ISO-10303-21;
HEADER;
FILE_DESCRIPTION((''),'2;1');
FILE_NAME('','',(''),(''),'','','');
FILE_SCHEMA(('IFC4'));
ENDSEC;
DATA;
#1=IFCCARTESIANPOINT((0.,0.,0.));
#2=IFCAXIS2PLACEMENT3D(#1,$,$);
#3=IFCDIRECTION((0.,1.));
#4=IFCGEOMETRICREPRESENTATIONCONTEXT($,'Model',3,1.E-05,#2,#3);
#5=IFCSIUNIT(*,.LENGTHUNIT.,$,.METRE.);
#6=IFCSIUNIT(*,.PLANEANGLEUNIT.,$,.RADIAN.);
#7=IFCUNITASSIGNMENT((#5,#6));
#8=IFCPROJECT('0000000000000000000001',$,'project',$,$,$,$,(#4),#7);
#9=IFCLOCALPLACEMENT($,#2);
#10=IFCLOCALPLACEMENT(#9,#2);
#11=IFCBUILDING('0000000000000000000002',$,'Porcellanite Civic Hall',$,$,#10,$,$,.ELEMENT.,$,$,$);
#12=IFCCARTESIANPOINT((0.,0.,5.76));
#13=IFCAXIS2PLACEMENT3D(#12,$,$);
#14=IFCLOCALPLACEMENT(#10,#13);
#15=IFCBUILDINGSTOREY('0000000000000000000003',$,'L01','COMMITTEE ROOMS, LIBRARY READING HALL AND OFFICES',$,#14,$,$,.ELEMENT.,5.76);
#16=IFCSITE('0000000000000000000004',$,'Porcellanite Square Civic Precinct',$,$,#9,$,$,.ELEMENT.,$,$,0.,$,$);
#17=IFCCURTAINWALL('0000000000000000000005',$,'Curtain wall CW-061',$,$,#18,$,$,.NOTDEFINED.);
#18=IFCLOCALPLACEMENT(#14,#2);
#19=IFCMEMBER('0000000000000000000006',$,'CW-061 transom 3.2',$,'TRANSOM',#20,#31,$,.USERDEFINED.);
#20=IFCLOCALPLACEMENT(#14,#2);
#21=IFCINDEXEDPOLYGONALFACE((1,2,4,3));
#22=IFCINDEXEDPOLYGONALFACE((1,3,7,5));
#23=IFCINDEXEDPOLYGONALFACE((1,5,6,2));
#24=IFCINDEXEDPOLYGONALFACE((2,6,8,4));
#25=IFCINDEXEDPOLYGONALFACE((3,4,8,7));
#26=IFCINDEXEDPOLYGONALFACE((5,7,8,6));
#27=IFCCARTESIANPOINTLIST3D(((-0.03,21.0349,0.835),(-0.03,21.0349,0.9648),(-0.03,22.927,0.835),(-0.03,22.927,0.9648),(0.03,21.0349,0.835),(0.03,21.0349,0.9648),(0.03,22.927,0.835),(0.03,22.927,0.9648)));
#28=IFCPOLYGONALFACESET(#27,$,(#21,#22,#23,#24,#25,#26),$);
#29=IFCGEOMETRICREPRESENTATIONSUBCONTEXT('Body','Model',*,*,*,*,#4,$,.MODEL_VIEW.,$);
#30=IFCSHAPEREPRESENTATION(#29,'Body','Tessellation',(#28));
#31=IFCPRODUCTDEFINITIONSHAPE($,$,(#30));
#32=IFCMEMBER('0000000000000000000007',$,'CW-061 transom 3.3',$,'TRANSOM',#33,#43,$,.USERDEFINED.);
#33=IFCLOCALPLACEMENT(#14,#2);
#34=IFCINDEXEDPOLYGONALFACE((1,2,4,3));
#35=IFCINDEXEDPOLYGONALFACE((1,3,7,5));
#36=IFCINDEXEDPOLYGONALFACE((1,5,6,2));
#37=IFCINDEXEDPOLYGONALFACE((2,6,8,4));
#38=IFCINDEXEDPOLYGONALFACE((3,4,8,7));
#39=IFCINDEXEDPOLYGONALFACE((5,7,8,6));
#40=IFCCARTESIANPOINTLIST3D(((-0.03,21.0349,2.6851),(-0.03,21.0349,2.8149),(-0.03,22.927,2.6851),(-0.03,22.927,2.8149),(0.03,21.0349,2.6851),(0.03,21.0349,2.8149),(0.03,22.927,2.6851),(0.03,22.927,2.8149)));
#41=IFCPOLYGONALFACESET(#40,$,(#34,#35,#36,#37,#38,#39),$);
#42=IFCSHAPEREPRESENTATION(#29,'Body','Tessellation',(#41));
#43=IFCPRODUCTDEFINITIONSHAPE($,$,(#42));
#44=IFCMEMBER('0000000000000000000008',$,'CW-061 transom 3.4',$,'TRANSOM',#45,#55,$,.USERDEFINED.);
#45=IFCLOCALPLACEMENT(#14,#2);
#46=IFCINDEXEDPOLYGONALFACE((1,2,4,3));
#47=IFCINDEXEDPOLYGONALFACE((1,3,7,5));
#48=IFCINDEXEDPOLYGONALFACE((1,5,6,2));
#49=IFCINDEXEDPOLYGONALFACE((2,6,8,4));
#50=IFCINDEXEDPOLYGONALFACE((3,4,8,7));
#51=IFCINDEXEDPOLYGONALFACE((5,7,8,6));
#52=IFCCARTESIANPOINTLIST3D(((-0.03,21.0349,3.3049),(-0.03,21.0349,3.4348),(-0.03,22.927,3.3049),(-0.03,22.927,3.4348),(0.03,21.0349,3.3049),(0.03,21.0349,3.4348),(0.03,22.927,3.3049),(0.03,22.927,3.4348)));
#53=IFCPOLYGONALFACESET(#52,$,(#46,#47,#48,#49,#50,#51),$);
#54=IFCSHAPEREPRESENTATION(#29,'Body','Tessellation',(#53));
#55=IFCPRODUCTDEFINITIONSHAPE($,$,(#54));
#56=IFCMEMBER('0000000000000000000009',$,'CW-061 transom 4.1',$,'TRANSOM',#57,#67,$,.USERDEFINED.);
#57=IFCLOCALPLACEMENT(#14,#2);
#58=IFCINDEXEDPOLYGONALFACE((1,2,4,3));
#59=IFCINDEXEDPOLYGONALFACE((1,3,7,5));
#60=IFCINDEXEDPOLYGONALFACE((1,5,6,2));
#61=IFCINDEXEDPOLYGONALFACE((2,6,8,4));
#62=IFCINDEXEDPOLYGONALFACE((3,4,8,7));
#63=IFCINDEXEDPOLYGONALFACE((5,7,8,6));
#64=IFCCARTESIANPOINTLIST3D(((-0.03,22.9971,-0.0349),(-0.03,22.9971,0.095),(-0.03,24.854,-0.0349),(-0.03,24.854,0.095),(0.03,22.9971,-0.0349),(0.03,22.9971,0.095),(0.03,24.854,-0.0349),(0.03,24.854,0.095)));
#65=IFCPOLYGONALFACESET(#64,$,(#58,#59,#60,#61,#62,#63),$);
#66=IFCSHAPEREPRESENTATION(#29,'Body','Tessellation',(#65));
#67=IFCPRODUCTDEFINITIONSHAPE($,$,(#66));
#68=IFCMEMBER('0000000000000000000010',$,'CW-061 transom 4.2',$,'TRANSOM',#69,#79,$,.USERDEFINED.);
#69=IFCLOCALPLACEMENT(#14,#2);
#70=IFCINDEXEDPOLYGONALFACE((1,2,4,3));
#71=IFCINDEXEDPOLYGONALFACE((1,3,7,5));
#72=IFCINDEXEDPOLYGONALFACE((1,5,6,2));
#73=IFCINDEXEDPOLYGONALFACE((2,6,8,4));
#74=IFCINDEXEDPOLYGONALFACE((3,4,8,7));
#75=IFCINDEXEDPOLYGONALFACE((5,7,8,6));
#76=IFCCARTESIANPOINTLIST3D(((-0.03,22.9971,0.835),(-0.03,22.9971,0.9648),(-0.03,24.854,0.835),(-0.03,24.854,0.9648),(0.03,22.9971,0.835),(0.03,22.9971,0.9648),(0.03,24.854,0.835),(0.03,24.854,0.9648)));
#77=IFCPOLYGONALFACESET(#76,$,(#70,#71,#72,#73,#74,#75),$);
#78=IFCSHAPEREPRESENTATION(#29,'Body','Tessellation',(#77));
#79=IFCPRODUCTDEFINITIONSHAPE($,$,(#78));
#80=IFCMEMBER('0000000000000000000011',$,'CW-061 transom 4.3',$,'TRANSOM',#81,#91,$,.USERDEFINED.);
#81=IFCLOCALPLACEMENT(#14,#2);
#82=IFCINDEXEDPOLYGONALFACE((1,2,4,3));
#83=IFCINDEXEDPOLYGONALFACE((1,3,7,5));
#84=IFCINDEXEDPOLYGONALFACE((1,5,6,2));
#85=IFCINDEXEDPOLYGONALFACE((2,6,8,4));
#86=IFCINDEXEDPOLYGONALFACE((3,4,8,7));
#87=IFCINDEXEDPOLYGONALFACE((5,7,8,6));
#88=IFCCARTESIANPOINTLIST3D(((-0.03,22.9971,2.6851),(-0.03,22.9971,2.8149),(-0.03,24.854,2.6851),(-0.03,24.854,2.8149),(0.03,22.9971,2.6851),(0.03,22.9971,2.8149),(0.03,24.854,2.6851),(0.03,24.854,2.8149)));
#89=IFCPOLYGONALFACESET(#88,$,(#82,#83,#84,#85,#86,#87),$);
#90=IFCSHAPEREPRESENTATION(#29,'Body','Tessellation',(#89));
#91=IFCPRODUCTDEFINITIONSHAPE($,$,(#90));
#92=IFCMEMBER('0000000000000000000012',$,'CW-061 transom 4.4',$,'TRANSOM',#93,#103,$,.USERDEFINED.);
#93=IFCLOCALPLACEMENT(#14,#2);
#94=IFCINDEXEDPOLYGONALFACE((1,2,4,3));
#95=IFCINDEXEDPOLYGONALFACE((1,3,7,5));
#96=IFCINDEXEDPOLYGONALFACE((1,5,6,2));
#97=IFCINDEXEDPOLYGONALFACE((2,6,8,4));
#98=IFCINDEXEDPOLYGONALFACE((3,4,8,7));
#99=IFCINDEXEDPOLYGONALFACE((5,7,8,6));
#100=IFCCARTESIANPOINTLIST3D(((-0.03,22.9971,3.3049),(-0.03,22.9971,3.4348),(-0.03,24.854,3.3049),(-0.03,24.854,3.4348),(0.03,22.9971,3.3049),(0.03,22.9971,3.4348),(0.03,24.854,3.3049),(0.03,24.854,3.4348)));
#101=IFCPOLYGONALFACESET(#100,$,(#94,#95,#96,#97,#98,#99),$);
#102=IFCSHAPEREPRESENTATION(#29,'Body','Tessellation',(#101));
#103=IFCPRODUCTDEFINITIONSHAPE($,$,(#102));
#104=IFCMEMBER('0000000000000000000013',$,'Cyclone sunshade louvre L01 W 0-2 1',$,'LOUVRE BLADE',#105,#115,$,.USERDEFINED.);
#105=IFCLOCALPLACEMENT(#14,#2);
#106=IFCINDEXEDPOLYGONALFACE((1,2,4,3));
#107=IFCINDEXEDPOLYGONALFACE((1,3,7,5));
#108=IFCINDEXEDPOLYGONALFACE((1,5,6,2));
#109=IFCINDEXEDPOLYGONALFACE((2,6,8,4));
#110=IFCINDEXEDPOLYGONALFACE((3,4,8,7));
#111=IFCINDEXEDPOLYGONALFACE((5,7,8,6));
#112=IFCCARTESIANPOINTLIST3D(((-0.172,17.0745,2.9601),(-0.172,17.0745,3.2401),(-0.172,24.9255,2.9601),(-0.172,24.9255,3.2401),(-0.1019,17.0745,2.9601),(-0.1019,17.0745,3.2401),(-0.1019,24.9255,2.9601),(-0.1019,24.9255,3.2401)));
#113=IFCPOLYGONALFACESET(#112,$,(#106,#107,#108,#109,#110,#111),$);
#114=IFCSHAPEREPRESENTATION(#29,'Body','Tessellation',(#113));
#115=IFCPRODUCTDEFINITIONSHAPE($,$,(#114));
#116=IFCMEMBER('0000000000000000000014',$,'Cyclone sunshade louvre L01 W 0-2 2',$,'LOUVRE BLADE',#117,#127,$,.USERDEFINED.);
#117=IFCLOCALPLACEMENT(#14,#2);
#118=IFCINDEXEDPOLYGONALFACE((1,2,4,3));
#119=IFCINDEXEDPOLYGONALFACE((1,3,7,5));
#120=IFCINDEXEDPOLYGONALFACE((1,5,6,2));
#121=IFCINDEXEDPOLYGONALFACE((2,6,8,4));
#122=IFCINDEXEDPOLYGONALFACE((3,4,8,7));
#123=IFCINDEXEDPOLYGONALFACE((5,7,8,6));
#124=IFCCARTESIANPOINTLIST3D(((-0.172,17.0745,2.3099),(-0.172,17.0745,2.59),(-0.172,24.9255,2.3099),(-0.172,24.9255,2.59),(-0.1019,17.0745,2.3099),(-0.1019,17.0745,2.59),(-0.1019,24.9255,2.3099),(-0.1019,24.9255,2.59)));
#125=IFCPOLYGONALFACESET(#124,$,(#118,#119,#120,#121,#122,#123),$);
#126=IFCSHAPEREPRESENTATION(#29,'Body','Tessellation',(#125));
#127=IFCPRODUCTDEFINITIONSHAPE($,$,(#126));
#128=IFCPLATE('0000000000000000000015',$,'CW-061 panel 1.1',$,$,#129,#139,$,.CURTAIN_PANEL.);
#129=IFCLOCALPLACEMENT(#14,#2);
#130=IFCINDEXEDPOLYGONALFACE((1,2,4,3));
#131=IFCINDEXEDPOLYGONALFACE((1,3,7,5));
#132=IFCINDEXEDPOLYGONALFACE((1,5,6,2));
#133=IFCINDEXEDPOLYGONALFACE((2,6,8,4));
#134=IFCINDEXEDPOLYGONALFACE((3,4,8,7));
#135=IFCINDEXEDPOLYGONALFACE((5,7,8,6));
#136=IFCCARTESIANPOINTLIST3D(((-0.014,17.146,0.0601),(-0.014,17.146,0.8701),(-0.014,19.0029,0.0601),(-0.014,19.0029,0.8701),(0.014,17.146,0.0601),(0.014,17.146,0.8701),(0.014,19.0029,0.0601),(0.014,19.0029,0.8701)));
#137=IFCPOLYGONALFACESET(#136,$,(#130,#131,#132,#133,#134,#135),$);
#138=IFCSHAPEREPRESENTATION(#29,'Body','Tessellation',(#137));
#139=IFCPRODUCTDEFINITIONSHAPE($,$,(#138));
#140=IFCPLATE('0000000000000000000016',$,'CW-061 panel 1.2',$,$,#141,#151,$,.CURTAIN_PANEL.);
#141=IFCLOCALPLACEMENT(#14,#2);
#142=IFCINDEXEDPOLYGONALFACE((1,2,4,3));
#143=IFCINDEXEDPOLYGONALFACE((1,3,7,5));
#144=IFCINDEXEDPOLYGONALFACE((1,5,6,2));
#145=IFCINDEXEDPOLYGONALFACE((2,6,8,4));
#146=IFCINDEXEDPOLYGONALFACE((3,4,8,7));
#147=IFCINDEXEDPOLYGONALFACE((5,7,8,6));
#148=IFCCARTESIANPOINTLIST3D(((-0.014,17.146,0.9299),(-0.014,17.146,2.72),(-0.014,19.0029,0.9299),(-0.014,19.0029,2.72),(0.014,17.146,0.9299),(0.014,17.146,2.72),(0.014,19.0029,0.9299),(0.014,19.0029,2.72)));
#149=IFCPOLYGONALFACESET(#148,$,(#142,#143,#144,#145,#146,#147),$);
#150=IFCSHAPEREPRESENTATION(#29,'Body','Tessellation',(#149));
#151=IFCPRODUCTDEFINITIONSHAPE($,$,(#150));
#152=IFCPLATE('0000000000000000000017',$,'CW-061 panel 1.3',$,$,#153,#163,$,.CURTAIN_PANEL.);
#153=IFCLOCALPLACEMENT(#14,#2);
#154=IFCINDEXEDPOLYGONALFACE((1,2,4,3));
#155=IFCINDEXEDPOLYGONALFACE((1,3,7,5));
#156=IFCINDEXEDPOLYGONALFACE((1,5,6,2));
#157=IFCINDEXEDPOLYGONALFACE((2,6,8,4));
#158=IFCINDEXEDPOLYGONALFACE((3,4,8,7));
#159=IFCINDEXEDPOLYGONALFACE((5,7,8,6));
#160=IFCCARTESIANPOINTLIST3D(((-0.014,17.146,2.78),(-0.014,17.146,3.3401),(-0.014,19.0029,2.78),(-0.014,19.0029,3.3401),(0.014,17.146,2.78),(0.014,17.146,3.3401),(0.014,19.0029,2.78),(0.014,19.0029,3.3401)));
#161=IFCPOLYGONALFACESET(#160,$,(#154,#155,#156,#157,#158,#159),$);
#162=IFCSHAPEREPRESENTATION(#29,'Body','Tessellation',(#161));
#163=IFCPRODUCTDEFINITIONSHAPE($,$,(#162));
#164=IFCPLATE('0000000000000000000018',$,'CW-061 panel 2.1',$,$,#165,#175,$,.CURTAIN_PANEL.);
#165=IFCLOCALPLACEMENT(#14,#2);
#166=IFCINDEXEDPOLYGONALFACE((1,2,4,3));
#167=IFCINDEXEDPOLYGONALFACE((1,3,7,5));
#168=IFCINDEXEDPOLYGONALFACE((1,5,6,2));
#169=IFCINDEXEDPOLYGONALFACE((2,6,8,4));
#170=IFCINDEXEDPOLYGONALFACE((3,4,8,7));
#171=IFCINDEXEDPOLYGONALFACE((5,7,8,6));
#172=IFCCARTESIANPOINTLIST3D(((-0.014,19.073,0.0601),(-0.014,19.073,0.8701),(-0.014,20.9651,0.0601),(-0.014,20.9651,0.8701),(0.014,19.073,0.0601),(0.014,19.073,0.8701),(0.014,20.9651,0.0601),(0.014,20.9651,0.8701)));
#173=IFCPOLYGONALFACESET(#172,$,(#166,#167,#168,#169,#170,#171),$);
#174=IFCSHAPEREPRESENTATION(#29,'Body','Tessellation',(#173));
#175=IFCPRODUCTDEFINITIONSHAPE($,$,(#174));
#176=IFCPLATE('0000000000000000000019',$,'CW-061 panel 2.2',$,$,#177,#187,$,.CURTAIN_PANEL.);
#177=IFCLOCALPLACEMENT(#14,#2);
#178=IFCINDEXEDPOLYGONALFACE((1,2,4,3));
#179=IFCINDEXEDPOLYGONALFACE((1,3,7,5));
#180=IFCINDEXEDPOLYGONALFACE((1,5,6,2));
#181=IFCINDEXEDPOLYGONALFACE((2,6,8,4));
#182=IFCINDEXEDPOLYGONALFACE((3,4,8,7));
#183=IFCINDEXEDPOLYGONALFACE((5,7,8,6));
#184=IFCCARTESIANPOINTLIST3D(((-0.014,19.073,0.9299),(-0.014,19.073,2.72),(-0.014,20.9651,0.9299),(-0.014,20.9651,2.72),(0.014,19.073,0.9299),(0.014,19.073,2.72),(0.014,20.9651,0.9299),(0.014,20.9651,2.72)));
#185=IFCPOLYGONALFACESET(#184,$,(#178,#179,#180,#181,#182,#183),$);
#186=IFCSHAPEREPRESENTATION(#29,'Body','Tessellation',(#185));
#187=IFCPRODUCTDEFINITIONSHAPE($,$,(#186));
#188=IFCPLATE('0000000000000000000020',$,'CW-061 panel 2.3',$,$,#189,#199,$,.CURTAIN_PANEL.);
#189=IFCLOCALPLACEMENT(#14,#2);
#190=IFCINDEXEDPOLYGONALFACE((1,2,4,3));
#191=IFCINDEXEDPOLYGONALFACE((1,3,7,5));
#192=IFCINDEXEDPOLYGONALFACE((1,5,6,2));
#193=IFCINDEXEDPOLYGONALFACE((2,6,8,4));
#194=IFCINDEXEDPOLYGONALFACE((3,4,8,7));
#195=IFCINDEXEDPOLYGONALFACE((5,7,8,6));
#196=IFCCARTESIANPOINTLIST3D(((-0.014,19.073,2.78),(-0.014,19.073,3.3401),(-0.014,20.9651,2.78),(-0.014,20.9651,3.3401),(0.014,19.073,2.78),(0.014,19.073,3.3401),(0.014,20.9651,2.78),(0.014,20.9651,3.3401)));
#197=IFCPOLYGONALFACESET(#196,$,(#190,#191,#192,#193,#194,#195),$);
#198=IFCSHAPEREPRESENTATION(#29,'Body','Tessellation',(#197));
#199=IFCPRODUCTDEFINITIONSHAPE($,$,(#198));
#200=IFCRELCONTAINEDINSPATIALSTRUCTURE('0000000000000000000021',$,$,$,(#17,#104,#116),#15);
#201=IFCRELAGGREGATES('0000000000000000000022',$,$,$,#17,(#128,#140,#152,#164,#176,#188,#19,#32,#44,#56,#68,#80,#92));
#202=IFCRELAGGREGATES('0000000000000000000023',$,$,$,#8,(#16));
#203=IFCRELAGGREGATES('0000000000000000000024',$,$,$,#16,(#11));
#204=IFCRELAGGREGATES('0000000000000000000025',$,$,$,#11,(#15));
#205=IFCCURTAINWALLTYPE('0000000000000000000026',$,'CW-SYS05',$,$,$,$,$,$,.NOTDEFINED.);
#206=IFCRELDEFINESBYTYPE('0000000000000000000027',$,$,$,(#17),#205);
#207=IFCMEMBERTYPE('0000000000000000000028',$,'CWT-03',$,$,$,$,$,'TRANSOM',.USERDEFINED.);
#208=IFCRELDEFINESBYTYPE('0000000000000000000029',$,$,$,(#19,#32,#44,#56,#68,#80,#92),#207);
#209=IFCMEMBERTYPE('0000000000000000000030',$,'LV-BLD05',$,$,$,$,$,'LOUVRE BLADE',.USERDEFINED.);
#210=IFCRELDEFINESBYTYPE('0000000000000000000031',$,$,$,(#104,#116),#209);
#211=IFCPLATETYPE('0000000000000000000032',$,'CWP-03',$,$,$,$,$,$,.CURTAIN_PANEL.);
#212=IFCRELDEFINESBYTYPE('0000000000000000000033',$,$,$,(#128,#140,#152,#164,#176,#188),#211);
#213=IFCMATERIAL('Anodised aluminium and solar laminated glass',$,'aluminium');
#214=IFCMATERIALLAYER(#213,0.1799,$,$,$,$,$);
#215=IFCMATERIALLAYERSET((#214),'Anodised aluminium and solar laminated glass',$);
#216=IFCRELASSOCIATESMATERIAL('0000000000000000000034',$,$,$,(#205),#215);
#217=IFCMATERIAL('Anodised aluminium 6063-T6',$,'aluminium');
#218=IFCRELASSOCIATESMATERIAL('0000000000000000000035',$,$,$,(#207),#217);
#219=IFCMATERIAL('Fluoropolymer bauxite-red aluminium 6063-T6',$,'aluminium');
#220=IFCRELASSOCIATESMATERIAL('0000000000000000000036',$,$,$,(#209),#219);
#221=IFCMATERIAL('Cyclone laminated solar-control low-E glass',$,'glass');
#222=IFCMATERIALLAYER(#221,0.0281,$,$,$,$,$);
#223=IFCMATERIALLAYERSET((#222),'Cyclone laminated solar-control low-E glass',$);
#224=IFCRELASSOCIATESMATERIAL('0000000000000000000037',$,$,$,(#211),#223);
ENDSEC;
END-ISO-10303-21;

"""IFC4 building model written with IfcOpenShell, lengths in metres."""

from ifc_helpers import new_model, si_unit, direction, frame, origin, origin_2d, place, context, subcontext, project, spatial, rectangle, extrude, material, layer, layer_set, material_profile, profile_set, type_object, element, aggregate, save


model = new_model("IFC4")

# Units and contexts
model_context = context("Model", 3, precision=1e-05, world=origin(), true_north=direction((0.0, 1.0)))
body_context = subcontext(model_context, "Body", "Model", "MODEL_VIEW")
ifc_project = project(units=[si_unit("LENGTHUNIT", "METRE"), si_unit("PLANEANGLEUNIT", "RADIAN")], contexts=[model_context])

# Site, building, storey
site_placement = place(None, origin())
site = spatial("IfcSite", under=ifc_project, at=site_placement, Name="Porcellanite Square Civic Precinct", CompositionType="ELEMENT", RefElevation=0.0)
building_placement = place(site_placement, origin())
building = spatial("IfcBuilding", under=site, at=building_placement, Name="Porcellanite Civic Hall", CompositionType="ELEMENT")
storey_placement = place(building_placement, frame((0.0, 0.0, 5.76)))
storey = spatial("IfcBuildingStorey", under=building, at=storey_placement, Name="L01", Description="COMMITTEE ROOMS, LIBRARY READING HALL AND OFFICES", CompositionType="ELEMENT", Elevation=5.76)

# Curtain wall, members
ifc_material_1 = material(Name="Anodised aluminium and solar laminated glass", Category="aluminium")
ifc_layer_1 = layer(ifc_material_1, 0.1799)
ifc_layer_set_1 = layer_set([ifc_layer_1], Name="Anodised aluminium and solar laminated glass")
curtain_wall_type = type_object("IfcCurtainWallType", Name="CW-SYS05", PredefinedType="NOTDEFINED", material=ifc_layer_set_1)
curtain_wall_placement = place(storey_placement, origin())
curtain_wall = element("IfcCurtainWall", 1, at=curtain_wall_placement, inside=storey, type_object=curtain_wall_type, Name="Curtain wall CW-061", PredefinedType="NOTDEFINED")
ifc_material_2 = material(Name="Anodised aluminium 6063-T6", Category="aluminium")
ifc_material_profile_1 = material_profile(ifc_material_2, rectangle(XDim=0.0601, YDim=0.1299, at=origin_2d()), Name="AL-60x130")
ifc_profile_set_1 = profile_set([ifc_material_profile_1], Name="Anodised aluminium 6063-T6")
member_type_1 = type_object("IfcMemberType", Name="CWT-03", ElementType="TRANSOM", PredefinedType="USERDEFINED", material=ifc_profile_set_1)
member_1_placement = place(storey_placement, frame((0.0, 21.0349, 0.8999), z_axis=(0.0, 1.0, 0.0), x_axis=(-1.0, 0.0, 0.0)))
member_1 = element("IfcMember", 2, at=member_1_placement, type_object=member_type_1, Name="CW-061 transom 3.2", ObjectType="TRANSOM", PredefinedType="USERDEFINED", context=body_context, shape_type="SweptSolid", body=[
    extrude(rectangle(XDim=0.0601, YDim=0.1299, at=origin_2d()), origin(), (0.0, 0.0, 1.0), 1.8921),
])
member_2_placement = place(storey_placement, frame((0.0, 21.0349, 2.75), z_axis=(0.0, 1.0, 0.0), x_axis=(-1.0, 0.0, 0.0)))
member_2 = element("IfcMember", 3, at=member_2_placement, type_object=member_type_1, Name="CW-061 transom 3.3", ObjectType="TRANSOM", PredefinedType="USERDEFINED", context=body_context, shape_type="SweptSolid", body=[
    extrude(rectangle(XDim=0.0601, YDim=0.1299, at=origin_2d()), origin(), (0.0, 0.0, 1.0), 1.8921),
])
member_3_placement = place(storey_placement, frame((0.0, 21.0349, 3.3699), z_axis=(0.0, 1.0, 0.0), x_axis=(-1.0, 0.0, 0.0)))
member_3 = element("IfcMember", 4, at=member_3_placement, type_object=member_type_1, Name="CW-061 transom 3.4", ObjectType="TRANSOM", PredefinedType="USERDEFINED", context=body_context, shape_type="SweptSolid", body=[
    extrude(rectangle(XDim=0.0601, YDim=0.1299, at=origin_2d()), origin(), (0.0, 0.0, 1.0), 1.8921),
])
member_4_placement = place(storey_placement, frame((0.0, 22.9971, 0.03), z_axis=(0.0, 1.0, 0.0), x_axis=(-1.0, 0.0, 0.0)))
member_4 = element("IfcMember", 5, at=member_4_placement, type_object=member_type_1, Name="CW-061 transom 4.1", ObjectType="TRANSOM", PredefinedType="USERDEFINED", context=body_context, shape_type="SweptSolid", body=[
    extrude(rectangle(XDim=0.0601, YDim=0.1299, at=origin_2d()), origin(), (0.0, 0.0, 1.0), 1.8569),
])
member_5_placement = place(storey_placement, frame((0.0, 22.9971, 0.8999), z_axis=(0.0, 1.0, 0.0), x_axis=(-1.0, 0.0, 0.0)))
member_5 = element("IfcMember", 6, at=member_5_placement, type_object=member_type_1, Name="CW-061 transom 4.2", ObjectType="TRANSOM", PredefinedType="USERDEFINED", context=body_context, shape_type="SweptSolid", body=[
    extrude(rectangle(XDim=0.0601, YDim=0.1299, at=origin_2d()), origin(), (0.0, 0.0, 1.0), 1.8569),
])
member_6_placement = place(storey_placement, frame((0.0, 22.9971, 2.75), z_axis=(0.0, 1.0, 0.0), x_axis=(-1.0, 0.0, 0.0)))
member_6 = element("IfcMember", 7, at=member_6_placement, type_object=member_type_1, Name="CW-061 transom 4.3", ObjectType="TRANSOM", PredefinedType="USERDEFINED", context=body_context, shape_type="SweptSolid", body=[
    extrude(rectangle(XDim=0.0601, YDim=0.1299, at=origin_2d()), origin(), (0.0, 0.0, 1.0), 1.8569),
])
member_7_placement = place(storey_placement, frame((0.0, 22.9971, 3.3699), z_axis=(0.0, 1.0, 0.0), x_axis=(-1.0, 0.0, 0.0)))
member_7 = element("IfcMember", 8, at=member_7_placement, type_object=member_type_1, Name="CW-061 transom 4.4", ObjectType="TRANSOM", PredefinedType="USERDEFINED", context=body_context, shape_type="SweptSolid", body=[
    extrude(rectangle(XDim=0.0601, YDim=0.1299, at=origin_2d()), origin(), (0.0, 0.0, 1.0), 1.8569),
])

# Members
ifc_material_3 = material(Name="Fluoropolymer bauxite-red aluminium 6063-T6", Category="aluminium")
ifc_material_profile_2 = material_profile(ifc_material_3, rectangle(XDim=0.0701, YDim=0.28, at=origin_2d()), Name="AL-70x280")
ifc_profile_set_2 = profile_set([ifc_material_profile_2], Name="Fluoropolymer bauxite-red aluminium 6063-T6")
member_type_2 = type_object("IfcMemberType", Name="LV-BLD05", ElementType="LOUVRE BLADE", PredefinedType="USERDEFINED", material=ifc_profile_set_2)
for number, where, z_axis, x_axis, name in (
    (9, (-0.137, 17.0745, 3.1001), (0.0, 1.0, 0.0), (-1.0, 0.0, 0.0), "Cyclone sunshade louvre L01 W 0-2 1"),
    (10, (-0.137, 17.0745, 2.45), (0.0, 1.0, 0.0), (-1.0, 0.0, 0.0), "Cyclone sunshade louvre L01 W 0-2 2"),
):
    element("IfcMember", number, at=place(storey_placement, frame(where, z_axis=z_axis, x_axis=x_axis)), inside=storey, type_object=member_type_2, Name=name, ObjectType="LOUVRE BLADE", PredefinedType="USERDEFINED", context=body_context, shape_type="SweptSolid", body=[
        extrude(rectangle(XDim=0.0701, YDim=0.28, at=origin_2d()), origin(), (0.0, 0.0, 1.0), 7.8511),
    ])

# Plates
ifc_material_4 = material(Name="Cyclone laminated solar-control low-E glass", Category="glass")
ifc_layer_2 = layer(ifc_material_4, 0.0281)
ifc_layer_set_2 = layer_set([ifc_layer_2], Name="Cyclone laminated solar-control low-E glass")
plate_type = type_object("IfcPlateType", Name="CWP-03", PredefinedType="CURTAIN_PANEL", material=ifc_layer_set_2)
plate_1_placement = place(storey_placement, frame((0.0, 18.0745, 0.0601), z_axis=(0.0, 0.0, 1.0), x_axis=(0.0, 1.0, 0.0)))
plate_1 = element("IfcPlate", 11, at=plate_1_placement, type_object=plate_type, Name="CW-061 panel 1.1", PredefinedType="CURTAIN_PANEL", context=body_context, shape_type="SweptSolid", body=[
    extrude(rectangle(XDim=1.8569, YDim=0.0281, at=origin_2d()), origin(), (0.0, 0.0, 1.0), 0.8101),
])
plate_2_placement = place(storey_placement, frame((0.0, 18.0745, 0.9299), z_axis=(0.0, 0.0, 1.0), x_axis=(0.0, 1.0, 0.0)))
plate_2 = element("IfcPlate", 12, at=plate_2_placement, type_object=plate_type, Name="CW-061 panel 1.2", PredefinedType="CURTAIN_PANEL", context=body_context, shape_type="SweptSolid", body=[
    extrude(rectangle(XDim=1.8569, YDim=0.0281, at=origin_2d()), origin(), (0.0, 0.0, 1.0), 1.79),
])
plate_3_placement = place(storey_placement, frame((0.0, 18.0745, 2.78), z_axis=(0.0, 0.0, 1.0), x_axis=(0.0, 1.0, 0.0)))
plate_3 = element("IfcPlate", 13, at=plate_3_placement, type_object=plate_type, Name="CW-061 panel 1.3", PredefinedType="CURTAIN_PANEL", context=body_context, shape_type="SweptSolid", body=[
    extrude(rectangle(XDim=1.8569, YDim=0.0281, at=origin_2d()), origin(), (0.0, 0.0, 1.0), 0.5601),
])
plate_4_placement = place(storey_placement, frame((0.0, 20.019, 0.0601), z_axis=(0.0, 0.0, 1.0), x_axis=(0.0, 1.0, 0.0)))
plate_4 = element("IfcPlate", 14, at=plate_4_placement, type_object=plate_type, Name="CW-061 panel 2.1", PredefinedType="CURTAIN_PANEL", context=body_context, shape_type="SweptSolid", body=[
    extrude(rectangle(XDim=1.8921, YDim=0.0281, at=origin_2d()), origin(), (0.0, 0.0, 1.0), 0.8101),
])
plate_5_placement = place(storey_placement, frame((0.0, 20.019, 0.9299), z_axis=(0.0, 0.0, 1.0), x_axis=(0.0, 1.0, 0.0)))
plate_5 = element("IfcPlate", 15, at=plate_5_placement, type_object=plate_type, Name="CW-061 panel 2.2", PredefinedType="CURTAIN_PANEL", context=body_context, shape_type="SweptSolid", body=[
    extrude(rectangle(XDim=1.8921, YDim=0.0281, at=origin_2d()), origin(), (0.0, 0.0, 1.0), 1.79),
])
plate_6_placement = place(storey_placement, frame((0.0, 20.019, 2.78), z_axis=(0.0, 0.0, 1.0), x_axis=(0.0, 1.0, 0.0)))
plate_6 = element("IfcPlate", 16, at=plate_6_placement, type_object=plate_type, Name="CW-061 panel 2.3", PredefinedType="CURTAIN_PANEL", context=body_context, shape_type="SweptSolid", body=[
    extrude(rectangle(XDim=1.8921, YDim=0.0281, at=origin_2d()), origin(), (0.0, 0.0, 1.0), 0.5601),
])
aggregate(curtain_wall, [plate_1, plate_2, plate_3, plate_4, plate_5, plate_6, member_1, member_2, member_3, member_4, member_5, member_6, member_7])

save(model, "model.ifc")
